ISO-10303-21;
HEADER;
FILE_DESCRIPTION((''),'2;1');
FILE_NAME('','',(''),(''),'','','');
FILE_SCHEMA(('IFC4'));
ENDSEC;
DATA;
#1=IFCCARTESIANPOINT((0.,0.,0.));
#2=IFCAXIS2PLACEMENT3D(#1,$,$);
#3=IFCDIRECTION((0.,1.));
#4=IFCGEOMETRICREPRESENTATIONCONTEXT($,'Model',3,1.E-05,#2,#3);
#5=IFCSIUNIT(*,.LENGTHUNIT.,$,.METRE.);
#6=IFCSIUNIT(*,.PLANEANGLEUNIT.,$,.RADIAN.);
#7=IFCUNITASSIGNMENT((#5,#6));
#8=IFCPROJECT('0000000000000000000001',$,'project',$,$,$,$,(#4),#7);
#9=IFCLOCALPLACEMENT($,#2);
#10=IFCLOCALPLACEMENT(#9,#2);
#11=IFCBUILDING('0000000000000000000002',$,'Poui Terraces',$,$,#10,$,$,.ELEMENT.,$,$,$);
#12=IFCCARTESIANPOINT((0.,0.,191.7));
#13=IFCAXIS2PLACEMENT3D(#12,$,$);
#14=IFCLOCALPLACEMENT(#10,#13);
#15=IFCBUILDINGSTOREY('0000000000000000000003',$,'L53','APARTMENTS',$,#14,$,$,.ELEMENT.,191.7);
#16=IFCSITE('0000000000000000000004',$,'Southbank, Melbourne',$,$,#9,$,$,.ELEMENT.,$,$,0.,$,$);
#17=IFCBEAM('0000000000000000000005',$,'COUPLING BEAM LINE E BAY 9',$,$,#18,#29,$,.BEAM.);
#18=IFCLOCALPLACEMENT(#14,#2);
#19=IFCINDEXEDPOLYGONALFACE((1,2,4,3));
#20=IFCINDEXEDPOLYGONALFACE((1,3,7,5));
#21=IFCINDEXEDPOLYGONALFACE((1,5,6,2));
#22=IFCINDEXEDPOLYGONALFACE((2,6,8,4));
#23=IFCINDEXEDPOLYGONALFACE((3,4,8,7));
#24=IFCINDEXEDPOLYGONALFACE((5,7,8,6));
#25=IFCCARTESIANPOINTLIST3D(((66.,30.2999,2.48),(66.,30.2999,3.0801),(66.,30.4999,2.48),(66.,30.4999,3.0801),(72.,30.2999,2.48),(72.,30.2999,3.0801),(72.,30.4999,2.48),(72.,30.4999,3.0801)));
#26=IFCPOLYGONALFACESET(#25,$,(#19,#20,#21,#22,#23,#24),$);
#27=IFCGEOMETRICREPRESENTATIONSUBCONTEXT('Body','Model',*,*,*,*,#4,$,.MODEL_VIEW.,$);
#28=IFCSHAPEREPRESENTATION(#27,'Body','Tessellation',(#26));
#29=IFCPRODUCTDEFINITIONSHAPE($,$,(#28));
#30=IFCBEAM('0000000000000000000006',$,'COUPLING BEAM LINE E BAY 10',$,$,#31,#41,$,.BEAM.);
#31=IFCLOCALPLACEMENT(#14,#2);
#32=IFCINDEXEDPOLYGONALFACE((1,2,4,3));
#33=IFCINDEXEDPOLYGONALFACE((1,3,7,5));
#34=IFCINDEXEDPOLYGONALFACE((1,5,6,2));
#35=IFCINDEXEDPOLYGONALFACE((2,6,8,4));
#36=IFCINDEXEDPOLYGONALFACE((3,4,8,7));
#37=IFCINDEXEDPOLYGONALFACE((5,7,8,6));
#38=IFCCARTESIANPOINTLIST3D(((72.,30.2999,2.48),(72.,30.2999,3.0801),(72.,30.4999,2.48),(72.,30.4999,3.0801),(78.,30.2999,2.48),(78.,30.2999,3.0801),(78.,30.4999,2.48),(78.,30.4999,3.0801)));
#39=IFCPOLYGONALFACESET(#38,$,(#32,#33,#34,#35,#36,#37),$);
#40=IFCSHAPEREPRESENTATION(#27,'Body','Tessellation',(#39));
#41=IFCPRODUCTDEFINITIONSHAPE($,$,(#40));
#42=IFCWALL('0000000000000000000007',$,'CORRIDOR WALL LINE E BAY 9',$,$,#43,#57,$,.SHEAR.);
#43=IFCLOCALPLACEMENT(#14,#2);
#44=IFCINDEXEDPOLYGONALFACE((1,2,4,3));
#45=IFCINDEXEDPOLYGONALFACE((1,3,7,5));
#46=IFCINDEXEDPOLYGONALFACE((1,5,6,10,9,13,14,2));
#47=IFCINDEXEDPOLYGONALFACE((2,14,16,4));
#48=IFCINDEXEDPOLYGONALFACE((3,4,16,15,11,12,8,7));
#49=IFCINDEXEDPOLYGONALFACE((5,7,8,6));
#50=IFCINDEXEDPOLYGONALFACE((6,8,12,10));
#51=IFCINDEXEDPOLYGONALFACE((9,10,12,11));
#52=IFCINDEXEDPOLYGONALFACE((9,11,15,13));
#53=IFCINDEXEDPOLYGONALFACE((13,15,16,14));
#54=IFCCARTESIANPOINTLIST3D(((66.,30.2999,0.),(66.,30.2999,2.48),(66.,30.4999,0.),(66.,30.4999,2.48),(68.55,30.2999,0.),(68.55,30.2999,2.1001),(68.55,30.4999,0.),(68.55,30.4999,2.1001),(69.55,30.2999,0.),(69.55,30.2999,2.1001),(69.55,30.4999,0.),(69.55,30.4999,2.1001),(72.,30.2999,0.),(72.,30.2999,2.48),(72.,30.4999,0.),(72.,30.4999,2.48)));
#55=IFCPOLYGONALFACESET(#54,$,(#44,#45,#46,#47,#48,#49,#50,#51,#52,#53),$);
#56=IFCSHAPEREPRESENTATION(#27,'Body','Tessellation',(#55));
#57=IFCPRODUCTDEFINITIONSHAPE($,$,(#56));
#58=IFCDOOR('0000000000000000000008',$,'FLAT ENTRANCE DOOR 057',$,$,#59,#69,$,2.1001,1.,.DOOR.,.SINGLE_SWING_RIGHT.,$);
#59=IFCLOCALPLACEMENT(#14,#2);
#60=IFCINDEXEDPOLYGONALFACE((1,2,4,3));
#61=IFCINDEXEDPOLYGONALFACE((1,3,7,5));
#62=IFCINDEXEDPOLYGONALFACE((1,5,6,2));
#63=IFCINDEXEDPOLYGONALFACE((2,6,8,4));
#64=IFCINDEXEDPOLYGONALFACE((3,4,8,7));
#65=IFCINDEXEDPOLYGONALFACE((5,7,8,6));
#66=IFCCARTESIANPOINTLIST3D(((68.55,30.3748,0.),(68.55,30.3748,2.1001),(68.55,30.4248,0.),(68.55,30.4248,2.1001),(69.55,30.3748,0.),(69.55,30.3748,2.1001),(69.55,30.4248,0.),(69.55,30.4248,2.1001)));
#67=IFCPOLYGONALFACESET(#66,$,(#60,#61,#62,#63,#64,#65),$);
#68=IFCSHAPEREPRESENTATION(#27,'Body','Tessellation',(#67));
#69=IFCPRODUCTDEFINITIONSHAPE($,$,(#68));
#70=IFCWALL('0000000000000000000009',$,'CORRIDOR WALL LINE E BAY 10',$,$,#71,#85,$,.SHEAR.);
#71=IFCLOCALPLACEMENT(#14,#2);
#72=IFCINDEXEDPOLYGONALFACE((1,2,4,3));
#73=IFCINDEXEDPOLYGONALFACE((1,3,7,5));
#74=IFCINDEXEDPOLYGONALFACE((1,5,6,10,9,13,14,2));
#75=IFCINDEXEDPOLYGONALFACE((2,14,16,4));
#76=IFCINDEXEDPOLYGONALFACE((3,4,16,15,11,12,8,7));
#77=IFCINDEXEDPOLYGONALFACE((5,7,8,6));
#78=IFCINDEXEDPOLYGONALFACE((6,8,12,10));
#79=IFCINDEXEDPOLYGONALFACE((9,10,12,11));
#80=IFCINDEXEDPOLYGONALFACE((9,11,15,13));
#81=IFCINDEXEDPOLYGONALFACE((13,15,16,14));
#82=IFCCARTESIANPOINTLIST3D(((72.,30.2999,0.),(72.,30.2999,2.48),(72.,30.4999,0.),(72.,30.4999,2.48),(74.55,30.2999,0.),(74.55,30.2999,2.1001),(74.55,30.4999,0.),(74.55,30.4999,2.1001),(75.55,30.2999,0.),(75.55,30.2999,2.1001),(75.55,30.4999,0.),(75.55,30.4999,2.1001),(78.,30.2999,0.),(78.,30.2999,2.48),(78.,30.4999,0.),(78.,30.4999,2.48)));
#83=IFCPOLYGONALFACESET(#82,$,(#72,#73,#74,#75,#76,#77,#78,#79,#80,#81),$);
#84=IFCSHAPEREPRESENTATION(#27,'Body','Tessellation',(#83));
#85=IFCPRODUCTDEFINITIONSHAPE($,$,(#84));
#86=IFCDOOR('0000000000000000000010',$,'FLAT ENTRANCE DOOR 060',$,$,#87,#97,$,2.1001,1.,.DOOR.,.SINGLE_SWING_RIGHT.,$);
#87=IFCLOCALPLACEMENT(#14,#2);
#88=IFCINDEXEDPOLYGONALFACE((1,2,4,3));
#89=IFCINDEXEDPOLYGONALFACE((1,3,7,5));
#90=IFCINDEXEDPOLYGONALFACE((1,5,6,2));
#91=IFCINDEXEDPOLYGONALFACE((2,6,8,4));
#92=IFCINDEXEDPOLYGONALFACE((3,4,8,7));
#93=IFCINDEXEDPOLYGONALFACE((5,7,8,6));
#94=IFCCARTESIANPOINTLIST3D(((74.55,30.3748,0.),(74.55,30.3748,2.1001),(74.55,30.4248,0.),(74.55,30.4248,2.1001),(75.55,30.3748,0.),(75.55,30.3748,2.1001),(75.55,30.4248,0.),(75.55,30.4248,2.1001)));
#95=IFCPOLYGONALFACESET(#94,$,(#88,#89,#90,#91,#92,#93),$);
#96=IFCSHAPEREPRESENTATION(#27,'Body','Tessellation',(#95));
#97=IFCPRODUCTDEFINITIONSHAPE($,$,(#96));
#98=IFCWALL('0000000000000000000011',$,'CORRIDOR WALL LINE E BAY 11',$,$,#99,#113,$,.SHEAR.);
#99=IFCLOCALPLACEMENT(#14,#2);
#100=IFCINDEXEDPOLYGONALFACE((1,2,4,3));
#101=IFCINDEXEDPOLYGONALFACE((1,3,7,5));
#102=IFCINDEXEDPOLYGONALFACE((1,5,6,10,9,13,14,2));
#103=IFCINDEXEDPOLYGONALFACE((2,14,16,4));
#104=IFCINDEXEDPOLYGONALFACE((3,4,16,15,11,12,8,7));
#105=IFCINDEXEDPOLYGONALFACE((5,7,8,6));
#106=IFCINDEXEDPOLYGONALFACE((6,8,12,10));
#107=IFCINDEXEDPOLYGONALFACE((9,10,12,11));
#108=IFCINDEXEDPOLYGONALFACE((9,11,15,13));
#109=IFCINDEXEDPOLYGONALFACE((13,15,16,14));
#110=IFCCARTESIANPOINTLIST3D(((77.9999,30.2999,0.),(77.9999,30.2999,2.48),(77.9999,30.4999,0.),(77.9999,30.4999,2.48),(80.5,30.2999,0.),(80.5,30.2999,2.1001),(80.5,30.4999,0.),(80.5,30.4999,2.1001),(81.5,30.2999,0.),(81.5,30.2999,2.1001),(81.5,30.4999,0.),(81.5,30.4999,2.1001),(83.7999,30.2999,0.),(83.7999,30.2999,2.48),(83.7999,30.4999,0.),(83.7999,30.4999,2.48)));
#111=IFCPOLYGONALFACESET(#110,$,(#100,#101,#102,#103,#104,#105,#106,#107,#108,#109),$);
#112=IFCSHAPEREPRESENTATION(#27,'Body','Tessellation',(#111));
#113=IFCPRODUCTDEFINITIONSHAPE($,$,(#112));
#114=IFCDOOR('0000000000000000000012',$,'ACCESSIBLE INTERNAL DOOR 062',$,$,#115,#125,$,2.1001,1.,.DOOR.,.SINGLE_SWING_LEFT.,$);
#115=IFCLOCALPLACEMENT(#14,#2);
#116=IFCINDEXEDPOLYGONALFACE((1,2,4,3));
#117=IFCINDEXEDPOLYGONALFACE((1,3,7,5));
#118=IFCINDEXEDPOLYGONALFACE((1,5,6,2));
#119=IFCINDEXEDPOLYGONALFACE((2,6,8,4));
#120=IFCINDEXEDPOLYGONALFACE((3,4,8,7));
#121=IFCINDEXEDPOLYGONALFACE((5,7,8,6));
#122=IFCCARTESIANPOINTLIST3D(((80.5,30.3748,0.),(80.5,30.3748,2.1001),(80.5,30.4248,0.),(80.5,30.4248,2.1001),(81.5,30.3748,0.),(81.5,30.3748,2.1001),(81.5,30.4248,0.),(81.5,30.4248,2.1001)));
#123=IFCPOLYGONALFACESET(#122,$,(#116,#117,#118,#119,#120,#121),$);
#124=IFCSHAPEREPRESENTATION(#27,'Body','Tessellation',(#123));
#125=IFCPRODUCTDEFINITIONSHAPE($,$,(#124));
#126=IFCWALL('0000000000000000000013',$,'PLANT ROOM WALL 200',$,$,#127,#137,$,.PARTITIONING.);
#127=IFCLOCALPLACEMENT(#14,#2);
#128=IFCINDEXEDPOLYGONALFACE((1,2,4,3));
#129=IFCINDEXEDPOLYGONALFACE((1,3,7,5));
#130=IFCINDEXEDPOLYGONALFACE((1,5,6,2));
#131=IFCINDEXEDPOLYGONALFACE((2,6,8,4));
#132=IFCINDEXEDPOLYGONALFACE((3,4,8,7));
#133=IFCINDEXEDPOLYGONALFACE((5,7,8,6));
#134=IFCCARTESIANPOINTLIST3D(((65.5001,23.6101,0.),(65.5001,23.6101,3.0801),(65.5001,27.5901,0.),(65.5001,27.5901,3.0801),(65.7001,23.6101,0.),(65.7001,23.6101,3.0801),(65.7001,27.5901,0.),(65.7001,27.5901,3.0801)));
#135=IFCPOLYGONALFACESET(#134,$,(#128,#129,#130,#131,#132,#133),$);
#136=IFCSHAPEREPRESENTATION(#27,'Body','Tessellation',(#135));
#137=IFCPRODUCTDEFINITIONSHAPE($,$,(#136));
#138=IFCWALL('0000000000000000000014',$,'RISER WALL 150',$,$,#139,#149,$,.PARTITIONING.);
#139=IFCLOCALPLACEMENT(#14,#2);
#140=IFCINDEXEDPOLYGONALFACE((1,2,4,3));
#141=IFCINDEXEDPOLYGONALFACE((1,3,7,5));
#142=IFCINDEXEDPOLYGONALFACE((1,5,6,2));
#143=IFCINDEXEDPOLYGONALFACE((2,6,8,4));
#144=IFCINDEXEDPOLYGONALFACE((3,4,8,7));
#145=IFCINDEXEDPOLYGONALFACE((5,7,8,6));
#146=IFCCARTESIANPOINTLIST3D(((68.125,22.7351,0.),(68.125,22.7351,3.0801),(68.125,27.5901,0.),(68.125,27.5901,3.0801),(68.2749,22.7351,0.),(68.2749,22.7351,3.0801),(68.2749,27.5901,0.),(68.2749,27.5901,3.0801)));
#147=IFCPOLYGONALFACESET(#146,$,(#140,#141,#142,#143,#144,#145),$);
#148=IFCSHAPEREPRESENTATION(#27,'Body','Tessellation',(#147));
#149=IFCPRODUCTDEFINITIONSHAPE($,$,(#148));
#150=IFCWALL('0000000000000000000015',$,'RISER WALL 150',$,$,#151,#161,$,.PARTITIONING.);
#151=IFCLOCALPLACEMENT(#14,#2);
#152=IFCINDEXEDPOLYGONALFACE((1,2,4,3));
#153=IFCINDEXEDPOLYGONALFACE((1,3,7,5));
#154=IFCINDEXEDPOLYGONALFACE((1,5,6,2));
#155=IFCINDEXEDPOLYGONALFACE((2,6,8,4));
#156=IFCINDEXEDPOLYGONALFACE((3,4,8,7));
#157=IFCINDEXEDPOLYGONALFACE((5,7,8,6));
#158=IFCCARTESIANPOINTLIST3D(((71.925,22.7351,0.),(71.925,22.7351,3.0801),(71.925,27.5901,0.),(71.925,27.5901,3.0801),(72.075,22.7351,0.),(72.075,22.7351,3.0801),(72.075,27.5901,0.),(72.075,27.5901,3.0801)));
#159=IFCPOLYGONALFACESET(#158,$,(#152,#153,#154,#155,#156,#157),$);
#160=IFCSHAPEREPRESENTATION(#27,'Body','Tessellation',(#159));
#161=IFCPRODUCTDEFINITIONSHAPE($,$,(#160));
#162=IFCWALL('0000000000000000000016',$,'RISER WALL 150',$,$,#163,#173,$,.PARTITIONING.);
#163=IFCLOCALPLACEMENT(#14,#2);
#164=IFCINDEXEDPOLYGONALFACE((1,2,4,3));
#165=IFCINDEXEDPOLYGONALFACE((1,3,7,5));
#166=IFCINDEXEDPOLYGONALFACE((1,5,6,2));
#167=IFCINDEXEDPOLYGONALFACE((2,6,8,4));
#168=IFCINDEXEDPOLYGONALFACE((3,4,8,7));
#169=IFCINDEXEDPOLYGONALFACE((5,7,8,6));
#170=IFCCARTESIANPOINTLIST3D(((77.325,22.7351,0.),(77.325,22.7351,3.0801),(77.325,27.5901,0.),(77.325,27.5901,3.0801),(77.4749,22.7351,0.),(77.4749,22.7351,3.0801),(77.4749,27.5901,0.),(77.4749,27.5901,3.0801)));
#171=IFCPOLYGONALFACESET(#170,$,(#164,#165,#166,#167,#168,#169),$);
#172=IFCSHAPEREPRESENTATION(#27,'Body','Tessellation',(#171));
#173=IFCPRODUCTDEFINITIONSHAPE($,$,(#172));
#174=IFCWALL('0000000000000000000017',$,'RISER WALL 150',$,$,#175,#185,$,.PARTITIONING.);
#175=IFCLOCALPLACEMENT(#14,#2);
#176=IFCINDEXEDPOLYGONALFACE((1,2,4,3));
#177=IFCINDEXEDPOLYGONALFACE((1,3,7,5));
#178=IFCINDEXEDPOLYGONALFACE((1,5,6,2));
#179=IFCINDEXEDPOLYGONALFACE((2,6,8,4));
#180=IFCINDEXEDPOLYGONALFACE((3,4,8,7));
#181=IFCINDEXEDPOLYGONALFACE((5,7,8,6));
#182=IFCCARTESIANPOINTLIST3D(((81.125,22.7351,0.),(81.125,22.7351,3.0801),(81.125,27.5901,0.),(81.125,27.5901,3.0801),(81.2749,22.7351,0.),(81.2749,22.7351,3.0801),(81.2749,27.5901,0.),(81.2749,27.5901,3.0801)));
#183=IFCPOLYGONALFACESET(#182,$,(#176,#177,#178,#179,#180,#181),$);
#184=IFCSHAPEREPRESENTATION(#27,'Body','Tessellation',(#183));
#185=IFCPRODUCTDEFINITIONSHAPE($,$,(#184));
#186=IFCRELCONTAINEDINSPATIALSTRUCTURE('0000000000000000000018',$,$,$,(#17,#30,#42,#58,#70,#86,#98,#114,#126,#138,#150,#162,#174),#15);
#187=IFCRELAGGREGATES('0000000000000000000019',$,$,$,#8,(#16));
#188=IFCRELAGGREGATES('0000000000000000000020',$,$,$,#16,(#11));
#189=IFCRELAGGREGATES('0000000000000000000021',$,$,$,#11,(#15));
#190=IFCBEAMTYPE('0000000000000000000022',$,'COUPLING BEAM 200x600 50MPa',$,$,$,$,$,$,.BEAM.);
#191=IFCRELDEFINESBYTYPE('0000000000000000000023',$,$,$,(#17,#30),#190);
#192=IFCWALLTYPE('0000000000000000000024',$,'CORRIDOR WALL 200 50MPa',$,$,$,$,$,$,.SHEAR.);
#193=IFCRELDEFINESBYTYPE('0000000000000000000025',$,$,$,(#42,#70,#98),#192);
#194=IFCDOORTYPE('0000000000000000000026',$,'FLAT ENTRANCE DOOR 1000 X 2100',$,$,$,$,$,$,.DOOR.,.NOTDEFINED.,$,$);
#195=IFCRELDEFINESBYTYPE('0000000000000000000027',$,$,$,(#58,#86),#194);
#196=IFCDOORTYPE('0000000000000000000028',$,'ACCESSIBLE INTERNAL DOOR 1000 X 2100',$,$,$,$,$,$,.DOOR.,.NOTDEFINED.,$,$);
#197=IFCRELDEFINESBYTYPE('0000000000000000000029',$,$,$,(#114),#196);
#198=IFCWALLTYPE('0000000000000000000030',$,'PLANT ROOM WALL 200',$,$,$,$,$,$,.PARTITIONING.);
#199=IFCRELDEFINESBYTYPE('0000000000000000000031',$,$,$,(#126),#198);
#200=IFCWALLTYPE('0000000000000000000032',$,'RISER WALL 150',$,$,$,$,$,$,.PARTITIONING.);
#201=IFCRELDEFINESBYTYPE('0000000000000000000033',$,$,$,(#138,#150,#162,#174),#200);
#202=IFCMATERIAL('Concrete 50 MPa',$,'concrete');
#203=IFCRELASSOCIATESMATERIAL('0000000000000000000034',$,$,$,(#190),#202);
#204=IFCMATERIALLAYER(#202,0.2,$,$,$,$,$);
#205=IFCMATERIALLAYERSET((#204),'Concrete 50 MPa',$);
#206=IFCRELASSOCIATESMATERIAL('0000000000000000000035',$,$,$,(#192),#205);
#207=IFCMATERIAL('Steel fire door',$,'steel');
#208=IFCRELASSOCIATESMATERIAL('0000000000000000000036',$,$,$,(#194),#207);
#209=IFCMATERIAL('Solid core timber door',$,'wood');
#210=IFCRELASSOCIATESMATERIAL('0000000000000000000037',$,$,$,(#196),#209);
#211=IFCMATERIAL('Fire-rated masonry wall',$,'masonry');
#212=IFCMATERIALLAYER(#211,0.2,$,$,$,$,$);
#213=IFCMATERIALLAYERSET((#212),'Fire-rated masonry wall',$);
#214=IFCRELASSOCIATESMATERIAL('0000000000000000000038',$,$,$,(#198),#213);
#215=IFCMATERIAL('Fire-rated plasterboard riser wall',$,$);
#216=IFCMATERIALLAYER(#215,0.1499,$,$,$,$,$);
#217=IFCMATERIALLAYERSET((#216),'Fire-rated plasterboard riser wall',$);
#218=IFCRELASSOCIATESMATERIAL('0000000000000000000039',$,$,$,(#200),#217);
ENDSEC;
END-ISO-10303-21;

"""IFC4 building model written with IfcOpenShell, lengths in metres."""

from ifc_helpers import new_model, si_unit, direction, frame, frame_2d, origin, origin_2d, place, context, subcontext, project, spatial, rectangle, extrude, source, transform, mapped, material, layer, layer_set, material_profile, profile_set, type_object, element, fill, save


model = new_model("IFC4")

# Units and contexts
model_context = context("Model", 3, precision=1e-05, world=origin(), true_north=direction((0.0, 1.0)))
body_context = subcontext(model_context, "Body", "Model", "MODEL_VIEW")
ifc_project = project(units=[si_unit("LENGTHUNIT", "METRE"), si_unit("PLANEANGLEUNIT", "RADIAN")], contexts=[model_context])

# Site, building, storey
site_placement = place(None, origin())
site = spatial("IfcSite", under=ifc_project, at=site_placement, Name="Southbank, Melbourne", CompositionType="ELEMENT", RefElevation=0.0)
building_placement = place(site_placement, origin())
building = spatial("IfcBuilding", under=site, at=building_placement, Name="Poui Terraces", CompositionType="ELEMENT")
storey_placement = place(building_placement, frame((0.0, 0.0, 191.7)))
storey = spatial("IfcBuildingStorey", under=building, at=storey_placement, Name="L53", Description="APARTMENTS", CompositionType="ELEMENT", Elevation=191.7)

# Beams
ifc_material_1 = material(Name="Concrete 50 MPa", Category="concrete")
ifc_material_profile = material_profile(ifc_material_1, rectangle(XDim=0.2, YDim=0.6001, at=origin_2d()), Name="RC 200x600")
ifc_profile_set = profile_set([ifc_material_profile], Name="Concrete 50 MPa")
beam_type = type_object("IfcBeamType", Name="COUPLING BEAM 200x600 50MPa", PredefinedType="BEAM", material=ifc_profile_set)
shared_shape = source(origin(), body_context, "Body", "SweptSolid", [
    extrude(rectangle(XDim=0.2, YDim=0.6001, at=origin_2d()), origin(), (0.0, 0.0, 1.0), 6.0),
])
for number, where, z_axis, x_axis, name in (
    (1, (66.0, 30.3999, 2.78), (1.0, 0.0, 0.0), (0.0, 1.0, 0.0), "COUPLING BEAM LINE E BAY 9"),
    (2, (72.0, 30.3999, 2.78), (1.0, 0.0, 0.0), (0.0, 1.0, 0.0), "COUPLING BEAM LINE E BAY 10"),
):
    element("IfcBeam", number, at=place(storey_placement, frame(where, z_axis=z_axis, x_axis=x_axis)), inside=storey, type_object=beam_type, Name=name, PredefinedType="BEAM", context=body_context, shape_type="MappedRepresentation", body=[
        mapped(shared_shape, transform((0.0, 0.0, 0.0))),
    ])

# Walls, openings, doors
ifc_layer_1 = layer(ifc_material_1, 0.2)
ifc_layer_set_1 = layer_set([ifc_layer_1], Name="Concrete 50 MPa")
wall_type_1 = type_object("IfcWallType", Name="CORRIDOR WALL 200 50MPa", PredefinedType="SHEAR", material=ifc_layer_set_1)
wall_1_placement = place(storey_placement, frame((66.0, 30.3999, 0.0), z_axis=(0.0, 0.0, 1.0), x_axis=(1.0, 0.0, 0.0)))
wall_1 = element("IfcWall", 3, at=wall_1_placement, inside=storey, type_object=wall_type_1, Name="CORRIDOR WALL LINE E BAY 9", PredefinedType="SHEAR", context=body_context, shape_type="SweptSolid", body=[
    extrude(rectangle(XDim=6.0, YDim=0.2, at=frame_2d((3.0, 0.0))), origin(), (0.0, 0.0, 1.0), 2.48),
])
opening_1_placement = place(wall_1_placement, frame((2.55, 0.0, 0.0)))
opening_1 = element("IfcOpeningElement", 4, at=opening_1_placement, cuts=wall_1, PredefinedType="OPENING", context=body_context, shape_type="SweptSolid", body=[
    extrude(rectangle(XDim=1.0, YDim=2.1001, at=frame_2d((0.5, 1.05))), frame((0.0, 0.1099, 0.0), z_axis=(0.0, -1.0, 0.0), x_axis=(1.0, 0.0, 0.0)), (0.0, 0.0, 1.0), 0.22),
])
ifc_material_2 = material(Name="Steel fire door", Category="steel")
door_type_1 = type_object("IfcDoorType", Name="FLAT ENTRANCE DOOR 1000 X 2100", OperationType="NOTDEFINED", PredefinedType="DOOR", material=ifc_material_2)
door_1_placement = place(opening_1_placement, origin())
door_1 = element("IfcDoor", 5, at=door_1_placement, inside=storey, type_object=door_type_1, Name="FLAT ENTRANCE DOOR 057", OperationType="SINGLE_SWING_RIGHT", OverallHeight=2.1001, OverallWidth=1.0, PredefinedType="DOOR", context=body_context, shape_type="SweptSolid", body=[
    extrude(rectangle(XDim=1.0, YDim=2.1001, at=frame_2d((0.5, 1.05))), frame((0.0, 0.0249, 0.0), z_axis=(0.0, -1.0, 0.0), x_axis=(1.0, 0.0, 0.0)), (0.0, 0.0, 1.0), 0.05),
])
fill(opening_1, door_1)
wall_2_placement = place(storey_placement, frame((72.0, 30.3999, 0.0), z_axis=(0.0, 0.0, 1.0), x_axis=(1.0, 0.0, 0.0)))
wall_2 = element("IfcWall", 6, at=wall_2_placement, inside=storey, type_object=wall_type_1, Name="CORRIDOR WALL LINE E BAY 10", PredefinedType="SHEAR", context=body_context, shape_type="SweptSolid", body=[
    extrude(rectangle(XDim=6.0, YDim=0.2, at=frame_2d((3.0, 0.0))), origin(), (0.0, 0.0, 1.0), 2.48),
])
opening_2_placement = place(wall_2_placement, frame((2.55, 0.0, 0.0)))
opening_2 = element("IfcOpeningElement", 7, at=opening_2_placement, cuts=wall_2, PredefinedType="OPENING", context=body_context, shape_type="SweptSolid", body=[
    extrude(rectangle(XDim=1.0, YDim=2.1001, at=frame_2d((0.5, 1.05))), frame((0.0, 0.1099, 0.0), z_axis=(0.0, -1.0, 0.0), x_axis=(1.0, 0.0, 0.0)), (0.0, 0.0, 1.0), 0.22),
])
door_2_placement = place(opening_2_placement, origin())
door_2 = element("IfcDoor", 8, at=door_2_placement, inside=storey, type_object=door_type_1, Name="FLAT ENTRANCE DOOR 060", OperationType="SINGLE_SWING_RIGHT", OverallHeight=2.1001, OverallWidth=1.0, PredefinedType="DOOR", context=body_context, shape_type="SweptSolid", body=[
    extrude(rectangle(XDim=1.0, YDim=2.1001, at=frame_2d((0.5, 1.05))), frame((0.0, 0.0249, 0.0), z_axis=(0.0, -1.0, 0.0), x_axis=(1.0, 0.0, 0.0)), (0.0, 0.0, 1.0), 0.05),
])
fill(opening_2, door_2)
wall_3_placement = place(storey_placement, frame((78.0, 30.3999, 0.0), z_axis=(0.0, 0.0, 1.0), x_axis=(1.0, 0.0, 0.0)))
wall_3 = element("IfcWall", 9, at=wall_3_placement, inside=storey, type_object=wall_type_1, Name="CORRIDOR WALL LINE E BAY 11", PredefinedType="SHEAR", context=body_context, shape_type="SweptSolid", body=[
    extrude(rectangle(XDim=5.8, YDim=0.2, at=frame_2d((2.8999, 0.0))), origin(), (0.0, 0.0, 1.0), 2.48),
])
opening_3_placement = place(wall_3_placement, frame((2.5, 0.0, 0.0)))
opening_3 = element("IfcOpeningElement", 10, at=opening_3_placement, cuts=wall_3, PredefinedType="OPENING", context=body_context, shape_type="SweptSolid", body=[
    extrude(rectangle(XDim=1.0, YDim=2.1001, at=frame_2d((0.5, 1.05))), frame((0.0, 0.1099, 0.0), z_axis=(0.0, -1.0, 0.0), x_axis=(1.0, 0.0, 0.0)), (0.0, 0.0, 1.0), 0.22),
])
ifc_material_3 = material(Name="Solid core timber door", Category="wood")
door_type_2 = type_object("IfcDoorType", Name="ACCESSIBLE INTERNAL DOOR 1000 X 2100", OperationType="NOTDEFINED", PredefinedType="DOOR", material=ifc_material_3)
door_3_placement = place(opening_3_placement, origin())
door_3 = element("IfcDoor", 11, at=door_3_placement, inside=storey, type_object=door_type_2, Name="ACCESSIBLE INTERNAL DOOR 062", OperationType="SINGLE_SWING_LEFT", OverallHeight=2.1001, OverallWidth=1.0, PredefinedType="DOOR", context=body_context, shape_type="SweptSolid", body=[
    extrude(rectangle(XDim=1.0, YDim=2.1001, at=frame_2d((0.5, 1.05))), frame((0.0, 0.0249, 0.0), z_axis=(0.0, -1.0, 0.0), x_axis=(1.0, 0.0, 0.0)), (0.0, 0.0, 1.0), 0.05),
])
fill(opening_3, door_3)

# Walls
ifc_material_4 = material(Name="Fire-rated masonry wall", Category="masonry")
ifc_layer_2 = layer(ifc_material_4, 0.2)
ifc_layer_set_2 = layer_set([ifc_layer_2], Name="Fire-rated masonry wall")
wall_type_2 = type_object("IfcWallType", Name="PLANT ROOM WALL 200", PredefinedType="PARTITIONING", material=ifc_layer_set_2)
wall_4_placement = place(storey_placement, frame((65.6001, 23.6101, 0.0), z_axis=(0.0, 0.0, 1.0), x_axis=(0.0, 1.0, 0.0)))
element("IfcWall", 12, at=wall_4_placement, inside=storey, type_object=wall_type_2, Name="PLANT ROOM WALL 200", PredefinedType="PARTITIONING", context=body_context, shape_type="SweptSolid", body=[
    extrude(rectangle(XDim=3.98, YDim=0.2, at=frame_2d((1.99, 0.0))), origin(), (0.0, 0.0, 1.0), 3.0801),
])
ifc_material_5 = material(Name="Fire-rated plasterboard riser wall")
ifc_layer_3 = layer(ifc_material_5, 0.1499)
ifc_layer_set_3 = layer_set([ifc_layer_3], Name="Fire-rated plasterboard riser wall")
wall_type_3 = type_object("IfcWallType", Name="RISER WALL 150", PredefinedType="PARTITIONING", material=ifc_layer_set_3)
for number, where, z_axis, x_axis, name in (
    (13, (68.2, 22.7351, 0.0), (0.0, 0.0, 1.0), (0.0, 1.0, 0.0), "RISER WALL 150"),
    (14, (72.0, 22.7351, 0.0), (0.0, 0.0, 1.0), (0.0, 1.0, 0.0), "RISER WALL 150"),
    (15, (77.3999, 22.7351, 0.0), (0.0, 0.0, 1.0), (0.0, 1.0, 0.0), "RISER WALL 150"),
    (16, (81.2, 22.7351, 0.0), (0.0, 0.0, 1.0), (0.0, 1.0, 0.0), "RISER WALL 150"),
):
    element("IfcWall", number, at=place(storey_placement, frame(where, z_axis=z_axis, x_axis=x_axis)), inside=storey, type_object=wall_type_3, Name=name, PredefinedType="PARTITIONING", context=body_context, shape_type="SweptSolid", body=[
        extrude(rectangle(XDim=4.855, YDim=0.1499, at=frame_2d((2.4275, 0.0))), origin(), (0.0, 0.0, 1.0), 3.0801),
    ])

save(model, "model.ifc")
